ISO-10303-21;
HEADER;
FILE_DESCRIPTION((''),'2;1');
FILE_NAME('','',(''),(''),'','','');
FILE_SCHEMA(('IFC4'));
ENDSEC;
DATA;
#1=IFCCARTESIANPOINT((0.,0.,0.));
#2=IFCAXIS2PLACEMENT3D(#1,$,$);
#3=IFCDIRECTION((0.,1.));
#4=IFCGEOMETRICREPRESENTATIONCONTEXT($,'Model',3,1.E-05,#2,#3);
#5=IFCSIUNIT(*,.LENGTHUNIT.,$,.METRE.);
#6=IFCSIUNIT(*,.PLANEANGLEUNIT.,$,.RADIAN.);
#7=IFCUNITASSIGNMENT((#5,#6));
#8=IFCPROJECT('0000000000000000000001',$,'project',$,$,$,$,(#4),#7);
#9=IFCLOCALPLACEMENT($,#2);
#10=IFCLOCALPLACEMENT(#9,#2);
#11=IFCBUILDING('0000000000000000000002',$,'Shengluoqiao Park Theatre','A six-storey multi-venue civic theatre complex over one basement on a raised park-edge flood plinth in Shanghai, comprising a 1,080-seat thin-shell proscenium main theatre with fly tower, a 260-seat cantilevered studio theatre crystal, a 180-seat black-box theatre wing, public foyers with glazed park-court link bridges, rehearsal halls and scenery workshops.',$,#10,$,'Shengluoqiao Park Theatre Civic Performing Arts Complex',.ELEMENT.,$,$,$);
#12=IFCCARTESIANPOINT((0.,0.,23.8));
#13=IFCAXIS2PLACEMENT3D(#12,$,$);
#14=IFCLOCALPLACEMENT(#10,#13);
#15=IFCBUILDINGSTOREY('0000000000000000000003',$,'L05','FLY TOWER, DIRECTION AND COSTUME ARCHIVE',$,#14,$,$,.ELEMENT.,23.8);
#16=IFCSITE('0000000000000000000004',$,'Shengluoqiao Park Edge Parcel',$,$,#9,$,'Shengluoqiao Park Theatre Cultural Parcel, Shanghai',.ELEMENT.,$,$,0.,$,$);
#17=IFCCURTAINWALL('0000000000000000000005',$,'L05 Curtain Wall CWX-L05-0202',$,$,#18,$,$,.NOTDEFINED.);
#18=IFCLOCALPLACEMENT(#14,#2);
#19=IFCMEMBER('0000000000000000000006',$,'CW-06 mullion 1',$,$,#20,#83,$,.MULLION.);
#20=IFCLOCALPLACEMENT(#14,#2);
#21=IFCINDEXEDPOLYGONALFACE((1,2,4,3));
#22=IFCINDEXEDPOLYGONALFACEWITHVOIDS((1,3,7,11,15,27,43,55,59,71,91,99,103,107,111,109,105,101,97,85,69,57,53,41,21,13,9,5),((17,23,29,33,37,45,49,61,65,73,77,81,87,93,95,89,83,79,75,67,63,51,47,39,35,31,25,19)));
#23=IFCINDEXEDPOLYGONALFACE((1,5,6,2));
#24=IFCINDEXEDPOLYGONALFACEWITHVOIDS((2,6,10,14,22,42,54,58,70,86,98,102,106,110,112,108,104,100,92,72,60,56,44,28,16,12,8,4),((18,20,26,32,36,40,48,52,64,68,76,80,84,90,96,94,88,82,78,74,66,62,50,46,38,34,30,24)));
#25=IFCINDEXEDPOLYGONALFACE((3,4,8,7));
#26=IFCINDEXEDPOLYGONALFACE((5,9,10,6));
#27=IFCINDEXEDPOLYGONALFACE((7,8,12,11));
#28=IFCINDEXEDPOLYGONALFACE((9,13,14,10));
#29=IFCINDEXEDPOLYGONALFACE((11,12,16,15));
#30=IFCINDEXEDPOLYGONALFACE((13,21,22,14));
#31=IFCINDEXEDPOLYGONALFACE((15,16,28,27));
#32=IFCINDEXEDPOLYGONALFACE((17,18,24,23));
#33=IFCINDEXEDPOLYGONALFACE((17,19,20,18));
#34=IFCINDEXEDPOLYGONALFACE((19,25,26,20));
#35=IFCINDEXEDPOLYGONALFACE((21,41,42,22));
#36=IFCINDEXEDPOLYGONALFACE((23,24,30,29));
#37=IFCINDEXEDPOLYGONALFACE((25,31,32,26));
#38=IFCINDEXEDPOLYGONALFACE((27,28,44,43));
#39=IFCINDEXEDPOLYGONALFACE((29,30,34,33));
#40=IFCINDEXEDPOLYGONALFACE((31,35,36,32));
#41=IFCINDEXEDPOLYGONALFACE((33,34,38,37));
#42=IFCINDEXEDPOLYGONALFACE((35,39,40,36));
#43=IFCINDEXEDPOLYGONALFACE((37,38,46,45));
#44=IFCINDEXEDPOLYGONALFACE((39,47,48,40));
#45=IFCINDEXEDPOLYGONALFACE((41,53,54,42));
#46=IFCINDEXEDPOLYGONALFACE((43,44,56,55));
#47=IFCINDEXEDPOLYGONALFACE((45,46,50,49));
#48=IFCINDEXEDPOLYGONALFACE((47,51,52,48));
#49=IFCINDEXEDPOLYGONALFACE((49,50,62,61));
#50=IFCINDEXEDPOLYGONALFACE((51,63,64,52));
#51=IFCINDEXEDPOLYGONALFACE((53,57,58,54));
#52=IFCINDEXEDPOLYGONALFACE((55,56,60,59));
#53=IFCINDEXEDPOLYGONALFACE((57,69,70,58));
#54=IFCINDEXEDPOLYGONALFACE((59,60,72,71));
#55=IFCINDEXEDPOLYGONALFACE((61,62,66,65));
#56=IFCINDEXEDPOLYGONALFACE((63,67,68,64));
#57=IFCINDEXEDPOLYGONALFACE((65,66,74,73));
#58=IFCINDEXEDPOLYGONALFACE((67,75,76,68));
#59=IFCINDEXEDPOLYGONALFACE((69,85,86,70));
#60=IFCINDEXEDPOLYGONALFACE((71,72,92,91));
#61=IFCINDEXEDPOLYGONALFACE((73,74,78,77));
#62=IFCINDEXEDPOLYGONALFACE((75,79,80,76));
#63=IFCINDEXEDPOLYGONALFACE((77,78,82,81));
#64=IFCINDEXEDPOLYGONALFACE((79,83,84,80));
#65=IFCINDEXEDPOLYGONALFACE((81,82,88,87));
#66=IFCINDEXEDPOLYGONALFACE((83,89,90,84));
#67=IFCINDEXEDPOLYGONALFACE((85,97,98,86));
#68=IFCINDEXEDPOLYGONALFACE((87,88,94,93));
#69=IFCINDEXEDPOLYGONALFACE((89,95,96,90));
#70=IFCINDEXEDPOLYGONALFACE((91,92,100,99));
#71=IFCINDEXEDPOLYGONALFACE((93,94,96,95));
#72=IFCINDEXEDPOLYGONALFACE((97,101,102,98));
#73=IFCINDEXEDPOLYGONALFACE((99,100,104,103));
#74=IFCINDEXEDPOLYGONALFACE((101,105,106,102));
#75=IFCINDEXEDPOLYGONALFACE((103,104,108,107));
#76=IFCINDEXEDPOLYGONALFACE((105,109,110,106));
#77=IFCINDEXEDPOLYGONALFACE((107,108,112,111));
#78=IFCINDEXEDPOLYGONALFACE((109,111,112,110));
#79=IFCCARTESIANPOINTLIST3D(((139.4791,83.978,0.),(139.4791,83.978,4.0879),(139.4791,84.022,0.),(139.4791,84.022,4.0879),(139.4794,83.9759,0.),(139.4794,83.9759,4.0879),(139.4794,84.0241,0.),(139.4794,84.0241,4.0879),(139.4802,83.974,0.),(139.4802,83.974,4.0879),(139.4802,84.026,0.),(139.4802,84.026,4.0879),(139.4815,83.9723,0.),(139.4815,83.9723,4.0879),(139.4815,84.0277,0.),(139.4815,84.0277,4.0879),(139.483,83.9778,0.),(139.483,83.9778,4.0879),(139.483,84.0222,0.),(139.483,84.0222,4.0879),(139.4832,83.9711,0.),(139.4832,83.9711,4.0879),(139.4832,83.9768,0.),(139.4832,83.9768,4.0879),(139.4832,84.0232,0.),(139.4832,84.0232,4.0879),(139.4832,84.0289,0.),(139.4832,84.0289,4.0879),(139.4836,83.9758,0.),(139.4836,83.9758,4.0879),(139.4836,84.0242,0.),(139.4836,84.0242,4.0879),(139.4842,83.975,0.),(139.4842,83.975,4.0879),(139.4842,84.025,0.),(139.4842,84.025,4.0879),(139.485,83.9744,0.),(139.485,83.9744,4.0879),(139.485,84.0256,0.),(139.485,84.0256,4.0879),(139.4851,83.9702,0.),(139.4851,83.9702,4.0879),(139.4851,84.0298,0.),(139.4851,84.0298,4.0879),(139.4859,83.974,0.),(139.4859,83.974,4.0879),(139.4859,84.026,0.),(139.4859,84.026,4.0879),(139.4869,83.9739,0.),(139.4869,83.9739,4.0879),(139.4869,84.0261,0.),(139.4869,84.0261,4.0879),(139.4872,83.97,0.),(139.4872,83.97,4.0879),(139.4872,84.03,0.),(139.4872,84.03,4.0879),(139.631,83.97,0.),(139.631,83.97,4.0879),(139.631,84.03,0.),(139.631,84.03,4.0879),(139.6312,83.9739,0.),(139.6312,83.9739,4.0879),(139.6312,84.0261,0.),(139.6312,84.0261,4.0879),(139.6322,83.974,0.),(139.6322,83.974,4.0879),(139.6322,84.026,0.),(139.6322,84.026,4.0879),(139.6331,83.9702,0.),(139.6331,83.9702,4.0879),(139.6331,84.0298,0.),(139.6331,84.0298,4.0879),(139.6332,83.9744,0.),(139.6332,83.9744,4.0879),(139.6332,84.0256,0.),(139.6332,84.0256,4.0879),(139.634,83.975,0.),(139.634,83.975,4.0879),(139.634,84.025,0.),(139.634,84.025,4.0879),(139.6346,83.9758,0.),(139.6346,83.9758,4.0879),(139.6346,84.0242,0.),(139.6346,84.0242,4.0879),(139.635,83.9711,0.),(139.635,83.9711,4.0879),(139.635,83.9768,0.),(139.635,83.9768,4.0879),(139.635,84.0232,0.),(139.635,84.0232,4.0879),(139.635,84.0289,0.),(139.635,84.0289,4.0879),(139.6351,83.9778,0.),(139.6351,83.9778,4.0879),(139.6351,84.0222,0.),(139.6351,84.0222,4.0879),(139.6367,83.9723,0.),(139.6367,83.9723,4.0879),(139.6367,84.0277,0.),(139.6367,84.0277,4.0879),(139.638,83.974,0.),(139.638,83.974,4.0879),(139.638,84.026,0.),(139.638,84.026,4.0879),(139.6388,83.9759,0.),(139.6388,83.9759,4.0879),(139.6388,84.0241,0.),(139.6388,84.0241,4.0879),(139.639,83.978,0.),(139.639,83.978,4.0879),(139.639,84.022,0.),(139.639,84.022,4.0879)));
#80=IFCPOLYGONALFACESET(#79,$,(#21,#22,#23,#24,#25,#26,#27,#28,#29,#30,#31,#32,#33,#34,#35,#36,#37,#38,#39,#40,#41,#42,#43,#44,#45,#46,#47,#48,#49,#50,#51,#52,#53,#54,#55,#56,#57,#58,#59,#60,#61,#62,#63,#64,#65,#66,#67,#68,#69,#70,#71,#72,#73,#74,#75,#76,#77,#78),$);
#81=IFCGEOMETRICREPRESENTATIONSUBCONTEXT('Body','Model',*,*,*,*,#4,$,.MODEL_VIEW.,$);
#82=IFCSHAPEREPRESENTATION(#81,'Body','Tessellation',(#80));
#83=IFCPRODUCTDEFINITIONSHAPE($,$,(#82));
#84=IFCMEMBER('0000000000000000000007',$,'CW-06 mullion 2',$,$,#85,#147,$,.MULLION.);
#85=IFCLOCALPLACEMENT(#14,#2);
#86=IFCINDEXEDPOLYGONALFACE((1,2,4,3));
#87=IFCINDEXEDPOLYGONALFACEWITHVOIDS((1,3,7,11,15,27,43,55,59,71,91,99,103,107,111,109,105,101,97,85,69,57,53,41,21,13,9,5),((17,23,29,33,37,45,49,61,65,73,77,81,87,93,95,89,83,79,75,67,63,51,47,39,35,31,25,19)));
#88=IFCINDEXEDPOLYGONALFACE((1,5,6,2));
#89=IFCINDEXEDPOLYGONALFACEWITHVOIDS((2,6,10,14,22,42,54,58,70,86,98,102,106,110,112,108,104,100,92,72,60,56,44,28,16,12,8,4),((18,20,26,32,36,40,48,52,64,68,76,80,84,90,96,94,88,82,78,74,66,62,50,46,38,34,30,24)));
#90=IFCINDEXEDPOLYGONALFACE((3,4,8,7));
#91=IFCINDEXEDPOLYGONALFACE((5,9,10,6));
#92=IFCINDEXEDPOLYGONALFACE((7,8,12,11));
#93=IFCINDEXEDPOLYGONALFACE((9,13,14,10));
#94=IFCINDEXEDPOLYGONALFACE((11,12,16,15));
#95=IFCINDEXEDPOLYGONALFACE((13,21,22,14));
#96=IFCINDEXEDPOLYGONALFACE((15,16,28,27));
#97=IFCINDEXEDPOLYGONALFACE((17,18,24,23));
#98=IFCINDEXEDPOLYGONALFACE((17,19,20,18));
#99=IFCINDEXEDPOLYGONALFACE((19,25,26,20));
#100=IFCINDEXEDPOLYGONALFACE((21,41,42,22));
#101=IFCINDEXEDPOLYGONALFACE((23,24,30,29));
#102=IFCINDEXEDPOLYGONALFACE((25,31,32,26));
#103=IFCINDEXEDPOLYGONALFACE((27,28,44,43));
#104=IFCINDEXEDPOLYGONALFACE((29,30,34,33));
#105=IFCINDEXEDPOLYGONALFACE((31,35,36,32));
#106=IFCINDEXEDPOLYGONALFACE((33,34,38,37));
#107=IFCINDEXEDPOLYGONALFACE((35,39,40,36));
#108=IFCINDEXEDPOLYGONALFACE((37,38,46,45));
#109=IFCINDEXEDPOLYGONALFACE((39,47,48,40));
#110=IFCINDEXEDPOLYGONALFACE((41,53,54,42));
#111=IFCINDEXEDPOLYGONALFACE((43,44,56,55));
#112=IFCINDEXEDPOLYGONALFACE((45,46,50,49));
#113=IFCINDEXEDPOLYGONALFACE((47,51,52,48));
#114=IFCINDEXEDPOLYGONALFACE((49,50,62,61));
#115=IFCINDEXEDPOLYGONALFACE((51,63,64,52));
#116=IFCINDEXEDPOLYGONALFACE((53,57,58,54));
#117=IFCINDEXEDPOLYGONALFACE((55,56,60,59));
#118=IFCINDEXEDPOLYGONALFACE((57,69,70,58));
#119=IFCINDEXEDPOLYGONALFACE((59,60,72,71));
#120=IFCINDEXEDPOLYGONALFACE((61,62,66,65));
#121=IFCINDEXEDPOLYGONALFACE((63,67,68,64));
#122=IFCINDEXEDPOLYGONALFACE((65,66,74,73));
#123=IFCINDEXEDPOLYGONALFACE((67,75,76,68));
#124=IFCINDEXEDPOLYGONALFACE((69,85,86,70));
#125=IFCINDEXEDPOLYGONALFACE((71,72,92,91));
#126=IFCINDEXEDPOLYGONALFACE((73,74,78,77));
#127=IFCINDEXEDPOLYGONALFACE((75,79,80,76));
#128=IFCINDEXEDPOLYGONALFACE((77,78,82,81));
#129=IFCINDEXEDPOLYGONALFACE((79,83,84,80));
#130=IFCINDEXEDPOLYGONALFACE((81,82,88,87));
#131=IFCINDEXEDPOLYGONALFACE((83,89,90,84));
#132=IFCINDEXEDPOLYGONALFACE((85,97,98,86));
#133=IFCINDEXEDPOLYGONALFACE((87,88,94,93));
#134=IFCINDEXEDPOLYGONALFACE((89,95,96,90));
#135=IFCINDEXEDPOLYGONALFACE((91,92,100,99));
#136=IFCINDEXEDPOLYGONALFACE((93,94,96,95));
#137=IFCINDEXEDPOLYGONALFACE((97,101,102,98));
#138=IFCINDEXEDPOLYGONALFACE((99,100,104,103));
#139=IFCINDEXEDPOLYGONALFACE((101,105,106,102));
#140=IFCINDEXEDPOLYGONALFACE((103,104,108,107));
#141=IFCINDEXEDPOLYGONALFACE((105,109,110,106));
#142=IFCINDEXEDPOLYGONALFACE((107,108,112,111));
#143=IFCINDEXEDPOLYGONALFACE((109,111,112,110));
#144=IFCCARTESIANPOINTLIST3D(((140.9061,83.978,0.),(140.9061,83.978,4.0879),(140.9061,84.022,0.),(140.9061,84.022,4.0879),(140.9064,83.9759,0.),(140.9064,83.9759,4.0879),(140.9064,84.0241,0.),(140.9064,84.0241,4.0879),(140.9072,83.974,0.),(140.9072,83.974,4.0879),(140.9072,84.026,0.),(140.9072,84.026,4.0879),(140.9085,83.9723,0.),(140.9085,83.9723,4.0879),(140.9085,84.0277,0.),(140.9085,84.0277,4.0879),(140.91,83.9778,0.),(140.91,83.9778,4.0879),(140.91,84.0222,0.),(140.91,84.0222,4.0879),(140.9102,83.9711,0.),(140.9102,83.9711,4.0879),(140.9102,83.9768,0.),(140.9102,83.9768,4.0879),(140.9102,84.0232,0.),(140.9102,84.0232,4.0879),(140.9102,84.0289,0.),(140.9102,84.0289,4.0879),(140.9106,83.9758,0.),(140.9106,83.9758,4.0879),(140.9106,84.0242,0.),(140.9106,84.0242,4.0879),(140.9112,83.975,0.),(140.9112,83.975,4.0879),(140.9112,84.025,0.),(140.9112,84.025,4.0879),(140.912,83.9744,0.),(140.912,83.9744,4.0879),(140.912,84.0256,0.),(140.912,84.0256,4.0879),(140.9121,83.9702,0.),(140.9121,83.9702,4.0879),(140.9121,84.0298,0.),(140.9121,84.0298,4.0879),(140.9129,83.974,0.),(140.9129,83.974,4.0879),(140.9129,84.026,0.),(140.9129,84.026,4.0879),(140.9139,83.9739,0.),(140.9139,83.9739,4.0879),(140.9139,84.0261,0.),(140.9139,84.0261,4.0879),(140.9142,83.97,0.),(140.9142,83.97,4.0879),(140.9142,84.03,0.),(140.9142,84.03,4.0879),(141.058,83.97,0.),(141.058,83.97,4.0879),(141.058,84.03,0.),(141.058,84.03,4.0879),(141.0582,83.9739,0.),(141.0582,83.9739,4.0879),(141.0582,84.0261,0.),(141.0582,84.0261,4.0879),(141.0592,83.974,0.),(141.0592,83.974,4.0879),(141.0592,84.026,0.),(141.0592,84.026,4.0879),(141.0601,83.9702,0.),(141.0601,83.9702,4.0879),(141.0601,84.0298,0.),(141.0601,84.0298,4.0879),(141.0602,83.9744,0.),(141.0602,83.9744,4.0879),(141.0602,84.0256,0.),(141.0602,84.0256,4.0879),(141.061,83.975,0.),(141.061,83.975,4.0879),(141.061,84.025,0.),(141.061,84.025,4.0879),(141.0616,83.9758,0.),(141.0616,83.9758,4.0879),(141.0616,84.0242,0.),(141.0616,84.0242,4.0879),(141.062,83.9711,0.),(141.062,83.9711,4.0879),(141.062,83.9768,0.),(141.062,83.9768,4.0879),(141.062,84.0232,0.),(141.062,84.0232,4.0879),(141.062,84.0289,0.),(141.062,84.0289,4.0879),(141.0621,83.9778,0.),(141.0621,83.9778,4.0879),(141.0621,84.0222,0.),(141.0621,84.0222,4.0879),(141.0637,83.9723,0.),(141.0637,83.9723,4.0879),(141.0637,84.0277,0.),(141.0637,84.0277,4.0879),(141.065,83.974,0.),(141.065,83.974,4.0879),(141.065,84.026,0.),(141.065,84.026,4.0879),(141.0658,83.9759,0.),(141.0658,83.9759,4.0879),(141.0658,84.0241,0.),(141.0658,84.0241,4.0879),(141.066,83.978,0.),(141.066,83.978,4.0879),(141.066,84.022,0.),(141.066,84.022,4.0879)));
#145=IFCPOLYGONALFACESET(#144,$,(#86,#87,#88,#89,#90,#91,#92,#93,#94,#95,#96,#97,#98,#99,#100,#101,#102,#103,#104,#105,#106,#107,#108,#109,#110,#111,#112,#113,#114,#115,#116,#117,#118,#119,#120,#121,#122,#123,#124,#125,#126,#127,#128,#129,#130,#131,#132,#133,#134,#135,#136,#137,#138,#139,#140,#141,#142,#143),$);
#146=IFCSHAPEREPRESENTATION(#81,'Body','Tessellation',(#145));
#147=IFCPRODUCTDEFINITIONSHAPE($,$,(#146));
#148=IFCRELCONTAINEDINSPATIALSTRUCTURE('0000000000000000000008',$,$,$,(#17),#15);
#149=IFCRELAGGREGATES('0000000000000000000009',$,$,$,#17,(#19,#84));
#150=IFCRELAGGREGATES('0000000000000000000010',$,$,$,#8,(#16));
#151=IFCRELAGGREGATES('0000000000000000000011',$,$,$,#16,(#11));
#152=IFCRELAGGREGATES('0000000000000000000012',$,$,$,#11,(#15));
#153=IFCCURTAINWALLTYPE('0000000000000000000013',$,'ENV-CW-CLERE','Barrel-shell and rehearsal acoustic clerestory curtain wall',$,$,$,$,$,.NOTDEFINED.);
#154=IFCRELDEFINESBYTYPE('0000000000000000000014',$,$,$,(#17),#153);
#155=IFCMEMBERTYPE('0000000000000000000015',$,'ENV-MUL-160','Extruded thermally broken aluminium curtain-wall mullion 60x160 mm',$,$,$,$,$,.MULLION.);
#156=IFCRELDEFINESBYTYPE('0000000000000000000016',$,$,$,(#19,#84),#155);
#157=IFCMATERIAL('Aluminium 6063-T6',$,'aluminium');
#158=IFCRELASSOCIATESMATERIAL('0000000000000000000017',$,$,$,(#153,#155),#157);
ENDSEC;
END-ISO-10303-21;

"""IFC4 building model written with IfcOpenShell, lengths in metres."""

from ifc_helpers import new_model, si_unit, direction, frame, origin, origin_2d, place, context, subcontext, project, spatial, hollow_rectangle, extrude, material, material_profile, profile_set, type_object, element, aggregate, save


model = new_model("IFC4")

# Units and contexts
model_context = context("Model", 3, precision=1e-05, world=origin(), true_north=direction((0.0, 1.0)))
body_context = subcontext(model_context, "Body", "Model", "MODEL_VIEW")
ifc_project = project(units=[si_unit("LENGTHUNIT", "METRE"), si_unit("PLANEANGLEUNIT", "RADIAN")], contexts=[model_context])

# Site, building, storey
site_placement = place(None, origin())
site = spatial("IfcSite", under=ifc_project, at=site_placement, Name="Shengluoqiao Park Edge Parcel", LongName="Shengluoqiao Park Theatre Cultural Parcel, Shanghai", CompositionType="ELEMENT", RefElevation=0.0)
building_placement = place(site_placement, origin())
building = spatial("IfcBuilding", under=site, at=building_placement, Name="Shengluoqiao Park Theatre", Description="A six-storey multi-venue civic theatre complex over one basement on a raised park-edge flood plinth in Shanghai, comprising a 1,080-seat thin-shell proscenium main theatre with fly tower, a 260-seat cantilevered studio theatre crystal, a 180-seat black-box theatre wing, public foyers with glazed park-court link bridges, rehearsal halls and scenery workshops.", LongName="Shengluoqiao Park Theatre Civic Performing Arts Complex", CompositionType="ELEMENT")
storey_placement = place(building_placement, frame((0.0, 0.0, 23.8)))
storey = spatial("IfcBuildingStorey", under=building, at=storey_placement, Name="L05", Description="FLY TOWER, DIRECTION AND COSTUME ARCHIVE", CompositionType="ELEMENT", Elevation=23.8)

# Curtain wall, members
ifc_material_1 = material(Name="Aluminium 6063-T6", Category="aluminium")
curtain_wall_type = type_object("IfcCurtainWallType", Name="ENV-CW-CLERE", Description="Barrel-shell and rehearsal acoustic clerestory curtain wall", PredefinedType="NOTDEFINED", material=ifc_material_1)
curtain_wall_placement = place(storey_placement, origin())
curtain_wall = element("IfcCurtainWall", 1, at=curtain_wall_placement, inside=storey, type_object=curtain_wall_type, Name="L05 Curtain Wall CWX-L05-0202", PredefinedType="NOTDEFINED")
ifc_material_profile_1 = material_profile(ifc_material_1, hollow_rectangle(XDim=0.0601, YDim=0.1599, WallThickness=0.0039, InnerFilletRadius=0.0039, OuterFilletRadius=0.0081, at=origin_2d()), Name="ALU MULLION 160x60x4")
ifc_profile_set_1 = profile_set([ifc_material_profile_1], Name="Aluminium 6063-T6")
member_type_1 = type_object("IfcMemberType", Name="ENV-MUL-160", Description="Extruded thermally broken aluminium curtain-wall mullion 60x160 mm", PredefinedType="MULLION", material=ifc_profile_set_1)
member_1_placement = place(storey_placement, frame((139.5591, 84.0, 0.0), z_axis=(0.0, 0.0, 1.0), x_axis=(0.0, 1.0, 0.0)))
member_1 = element("IfcMember", 2, at=member_1_placement, type_object=member_type_1, Name="CW-06 mullion 1", PredefinedType="MULLION", context=body_context, shape_type="SweptSolid", body=[
    extrude(hollow_rectangle(XDim=0.0601, YDim=0.1599, WallThickness=0.0039, InnerFilletRadius=0.0039, OuterFilletRadius=0.0081, at=origin_2d()), origin(), (0.0, 0.0, 1.0), 4.0879),
])
member_2_placement = place(storey_placement, frame((140.9861, 84.0, 0.0), z_axis=(0.0, 0.0, 1.0), x_axis=(0.0, 1.0, 0.0)))
member_2 = element("IfcMember", 3, at=member_2_placement, type_object=member_type_1, Name="CW-06 mullion 2", PredefinedType="MULLION", context=body_context, shape_type="SweptSolid", body=[
    extrude(hollow_rectangle(XDim=0.0601, YDim=0.1599, WallThickness=0.0039, InnerFilletRadius=0.0039, OuterFilletRadius=0.0081, at=origin_2d()), origin(), (0.0, 0.0, 1.0), 4.0879),
])

aggregate(curtain_wall, [member_1, member_2])

save(model, "model.ifc")
